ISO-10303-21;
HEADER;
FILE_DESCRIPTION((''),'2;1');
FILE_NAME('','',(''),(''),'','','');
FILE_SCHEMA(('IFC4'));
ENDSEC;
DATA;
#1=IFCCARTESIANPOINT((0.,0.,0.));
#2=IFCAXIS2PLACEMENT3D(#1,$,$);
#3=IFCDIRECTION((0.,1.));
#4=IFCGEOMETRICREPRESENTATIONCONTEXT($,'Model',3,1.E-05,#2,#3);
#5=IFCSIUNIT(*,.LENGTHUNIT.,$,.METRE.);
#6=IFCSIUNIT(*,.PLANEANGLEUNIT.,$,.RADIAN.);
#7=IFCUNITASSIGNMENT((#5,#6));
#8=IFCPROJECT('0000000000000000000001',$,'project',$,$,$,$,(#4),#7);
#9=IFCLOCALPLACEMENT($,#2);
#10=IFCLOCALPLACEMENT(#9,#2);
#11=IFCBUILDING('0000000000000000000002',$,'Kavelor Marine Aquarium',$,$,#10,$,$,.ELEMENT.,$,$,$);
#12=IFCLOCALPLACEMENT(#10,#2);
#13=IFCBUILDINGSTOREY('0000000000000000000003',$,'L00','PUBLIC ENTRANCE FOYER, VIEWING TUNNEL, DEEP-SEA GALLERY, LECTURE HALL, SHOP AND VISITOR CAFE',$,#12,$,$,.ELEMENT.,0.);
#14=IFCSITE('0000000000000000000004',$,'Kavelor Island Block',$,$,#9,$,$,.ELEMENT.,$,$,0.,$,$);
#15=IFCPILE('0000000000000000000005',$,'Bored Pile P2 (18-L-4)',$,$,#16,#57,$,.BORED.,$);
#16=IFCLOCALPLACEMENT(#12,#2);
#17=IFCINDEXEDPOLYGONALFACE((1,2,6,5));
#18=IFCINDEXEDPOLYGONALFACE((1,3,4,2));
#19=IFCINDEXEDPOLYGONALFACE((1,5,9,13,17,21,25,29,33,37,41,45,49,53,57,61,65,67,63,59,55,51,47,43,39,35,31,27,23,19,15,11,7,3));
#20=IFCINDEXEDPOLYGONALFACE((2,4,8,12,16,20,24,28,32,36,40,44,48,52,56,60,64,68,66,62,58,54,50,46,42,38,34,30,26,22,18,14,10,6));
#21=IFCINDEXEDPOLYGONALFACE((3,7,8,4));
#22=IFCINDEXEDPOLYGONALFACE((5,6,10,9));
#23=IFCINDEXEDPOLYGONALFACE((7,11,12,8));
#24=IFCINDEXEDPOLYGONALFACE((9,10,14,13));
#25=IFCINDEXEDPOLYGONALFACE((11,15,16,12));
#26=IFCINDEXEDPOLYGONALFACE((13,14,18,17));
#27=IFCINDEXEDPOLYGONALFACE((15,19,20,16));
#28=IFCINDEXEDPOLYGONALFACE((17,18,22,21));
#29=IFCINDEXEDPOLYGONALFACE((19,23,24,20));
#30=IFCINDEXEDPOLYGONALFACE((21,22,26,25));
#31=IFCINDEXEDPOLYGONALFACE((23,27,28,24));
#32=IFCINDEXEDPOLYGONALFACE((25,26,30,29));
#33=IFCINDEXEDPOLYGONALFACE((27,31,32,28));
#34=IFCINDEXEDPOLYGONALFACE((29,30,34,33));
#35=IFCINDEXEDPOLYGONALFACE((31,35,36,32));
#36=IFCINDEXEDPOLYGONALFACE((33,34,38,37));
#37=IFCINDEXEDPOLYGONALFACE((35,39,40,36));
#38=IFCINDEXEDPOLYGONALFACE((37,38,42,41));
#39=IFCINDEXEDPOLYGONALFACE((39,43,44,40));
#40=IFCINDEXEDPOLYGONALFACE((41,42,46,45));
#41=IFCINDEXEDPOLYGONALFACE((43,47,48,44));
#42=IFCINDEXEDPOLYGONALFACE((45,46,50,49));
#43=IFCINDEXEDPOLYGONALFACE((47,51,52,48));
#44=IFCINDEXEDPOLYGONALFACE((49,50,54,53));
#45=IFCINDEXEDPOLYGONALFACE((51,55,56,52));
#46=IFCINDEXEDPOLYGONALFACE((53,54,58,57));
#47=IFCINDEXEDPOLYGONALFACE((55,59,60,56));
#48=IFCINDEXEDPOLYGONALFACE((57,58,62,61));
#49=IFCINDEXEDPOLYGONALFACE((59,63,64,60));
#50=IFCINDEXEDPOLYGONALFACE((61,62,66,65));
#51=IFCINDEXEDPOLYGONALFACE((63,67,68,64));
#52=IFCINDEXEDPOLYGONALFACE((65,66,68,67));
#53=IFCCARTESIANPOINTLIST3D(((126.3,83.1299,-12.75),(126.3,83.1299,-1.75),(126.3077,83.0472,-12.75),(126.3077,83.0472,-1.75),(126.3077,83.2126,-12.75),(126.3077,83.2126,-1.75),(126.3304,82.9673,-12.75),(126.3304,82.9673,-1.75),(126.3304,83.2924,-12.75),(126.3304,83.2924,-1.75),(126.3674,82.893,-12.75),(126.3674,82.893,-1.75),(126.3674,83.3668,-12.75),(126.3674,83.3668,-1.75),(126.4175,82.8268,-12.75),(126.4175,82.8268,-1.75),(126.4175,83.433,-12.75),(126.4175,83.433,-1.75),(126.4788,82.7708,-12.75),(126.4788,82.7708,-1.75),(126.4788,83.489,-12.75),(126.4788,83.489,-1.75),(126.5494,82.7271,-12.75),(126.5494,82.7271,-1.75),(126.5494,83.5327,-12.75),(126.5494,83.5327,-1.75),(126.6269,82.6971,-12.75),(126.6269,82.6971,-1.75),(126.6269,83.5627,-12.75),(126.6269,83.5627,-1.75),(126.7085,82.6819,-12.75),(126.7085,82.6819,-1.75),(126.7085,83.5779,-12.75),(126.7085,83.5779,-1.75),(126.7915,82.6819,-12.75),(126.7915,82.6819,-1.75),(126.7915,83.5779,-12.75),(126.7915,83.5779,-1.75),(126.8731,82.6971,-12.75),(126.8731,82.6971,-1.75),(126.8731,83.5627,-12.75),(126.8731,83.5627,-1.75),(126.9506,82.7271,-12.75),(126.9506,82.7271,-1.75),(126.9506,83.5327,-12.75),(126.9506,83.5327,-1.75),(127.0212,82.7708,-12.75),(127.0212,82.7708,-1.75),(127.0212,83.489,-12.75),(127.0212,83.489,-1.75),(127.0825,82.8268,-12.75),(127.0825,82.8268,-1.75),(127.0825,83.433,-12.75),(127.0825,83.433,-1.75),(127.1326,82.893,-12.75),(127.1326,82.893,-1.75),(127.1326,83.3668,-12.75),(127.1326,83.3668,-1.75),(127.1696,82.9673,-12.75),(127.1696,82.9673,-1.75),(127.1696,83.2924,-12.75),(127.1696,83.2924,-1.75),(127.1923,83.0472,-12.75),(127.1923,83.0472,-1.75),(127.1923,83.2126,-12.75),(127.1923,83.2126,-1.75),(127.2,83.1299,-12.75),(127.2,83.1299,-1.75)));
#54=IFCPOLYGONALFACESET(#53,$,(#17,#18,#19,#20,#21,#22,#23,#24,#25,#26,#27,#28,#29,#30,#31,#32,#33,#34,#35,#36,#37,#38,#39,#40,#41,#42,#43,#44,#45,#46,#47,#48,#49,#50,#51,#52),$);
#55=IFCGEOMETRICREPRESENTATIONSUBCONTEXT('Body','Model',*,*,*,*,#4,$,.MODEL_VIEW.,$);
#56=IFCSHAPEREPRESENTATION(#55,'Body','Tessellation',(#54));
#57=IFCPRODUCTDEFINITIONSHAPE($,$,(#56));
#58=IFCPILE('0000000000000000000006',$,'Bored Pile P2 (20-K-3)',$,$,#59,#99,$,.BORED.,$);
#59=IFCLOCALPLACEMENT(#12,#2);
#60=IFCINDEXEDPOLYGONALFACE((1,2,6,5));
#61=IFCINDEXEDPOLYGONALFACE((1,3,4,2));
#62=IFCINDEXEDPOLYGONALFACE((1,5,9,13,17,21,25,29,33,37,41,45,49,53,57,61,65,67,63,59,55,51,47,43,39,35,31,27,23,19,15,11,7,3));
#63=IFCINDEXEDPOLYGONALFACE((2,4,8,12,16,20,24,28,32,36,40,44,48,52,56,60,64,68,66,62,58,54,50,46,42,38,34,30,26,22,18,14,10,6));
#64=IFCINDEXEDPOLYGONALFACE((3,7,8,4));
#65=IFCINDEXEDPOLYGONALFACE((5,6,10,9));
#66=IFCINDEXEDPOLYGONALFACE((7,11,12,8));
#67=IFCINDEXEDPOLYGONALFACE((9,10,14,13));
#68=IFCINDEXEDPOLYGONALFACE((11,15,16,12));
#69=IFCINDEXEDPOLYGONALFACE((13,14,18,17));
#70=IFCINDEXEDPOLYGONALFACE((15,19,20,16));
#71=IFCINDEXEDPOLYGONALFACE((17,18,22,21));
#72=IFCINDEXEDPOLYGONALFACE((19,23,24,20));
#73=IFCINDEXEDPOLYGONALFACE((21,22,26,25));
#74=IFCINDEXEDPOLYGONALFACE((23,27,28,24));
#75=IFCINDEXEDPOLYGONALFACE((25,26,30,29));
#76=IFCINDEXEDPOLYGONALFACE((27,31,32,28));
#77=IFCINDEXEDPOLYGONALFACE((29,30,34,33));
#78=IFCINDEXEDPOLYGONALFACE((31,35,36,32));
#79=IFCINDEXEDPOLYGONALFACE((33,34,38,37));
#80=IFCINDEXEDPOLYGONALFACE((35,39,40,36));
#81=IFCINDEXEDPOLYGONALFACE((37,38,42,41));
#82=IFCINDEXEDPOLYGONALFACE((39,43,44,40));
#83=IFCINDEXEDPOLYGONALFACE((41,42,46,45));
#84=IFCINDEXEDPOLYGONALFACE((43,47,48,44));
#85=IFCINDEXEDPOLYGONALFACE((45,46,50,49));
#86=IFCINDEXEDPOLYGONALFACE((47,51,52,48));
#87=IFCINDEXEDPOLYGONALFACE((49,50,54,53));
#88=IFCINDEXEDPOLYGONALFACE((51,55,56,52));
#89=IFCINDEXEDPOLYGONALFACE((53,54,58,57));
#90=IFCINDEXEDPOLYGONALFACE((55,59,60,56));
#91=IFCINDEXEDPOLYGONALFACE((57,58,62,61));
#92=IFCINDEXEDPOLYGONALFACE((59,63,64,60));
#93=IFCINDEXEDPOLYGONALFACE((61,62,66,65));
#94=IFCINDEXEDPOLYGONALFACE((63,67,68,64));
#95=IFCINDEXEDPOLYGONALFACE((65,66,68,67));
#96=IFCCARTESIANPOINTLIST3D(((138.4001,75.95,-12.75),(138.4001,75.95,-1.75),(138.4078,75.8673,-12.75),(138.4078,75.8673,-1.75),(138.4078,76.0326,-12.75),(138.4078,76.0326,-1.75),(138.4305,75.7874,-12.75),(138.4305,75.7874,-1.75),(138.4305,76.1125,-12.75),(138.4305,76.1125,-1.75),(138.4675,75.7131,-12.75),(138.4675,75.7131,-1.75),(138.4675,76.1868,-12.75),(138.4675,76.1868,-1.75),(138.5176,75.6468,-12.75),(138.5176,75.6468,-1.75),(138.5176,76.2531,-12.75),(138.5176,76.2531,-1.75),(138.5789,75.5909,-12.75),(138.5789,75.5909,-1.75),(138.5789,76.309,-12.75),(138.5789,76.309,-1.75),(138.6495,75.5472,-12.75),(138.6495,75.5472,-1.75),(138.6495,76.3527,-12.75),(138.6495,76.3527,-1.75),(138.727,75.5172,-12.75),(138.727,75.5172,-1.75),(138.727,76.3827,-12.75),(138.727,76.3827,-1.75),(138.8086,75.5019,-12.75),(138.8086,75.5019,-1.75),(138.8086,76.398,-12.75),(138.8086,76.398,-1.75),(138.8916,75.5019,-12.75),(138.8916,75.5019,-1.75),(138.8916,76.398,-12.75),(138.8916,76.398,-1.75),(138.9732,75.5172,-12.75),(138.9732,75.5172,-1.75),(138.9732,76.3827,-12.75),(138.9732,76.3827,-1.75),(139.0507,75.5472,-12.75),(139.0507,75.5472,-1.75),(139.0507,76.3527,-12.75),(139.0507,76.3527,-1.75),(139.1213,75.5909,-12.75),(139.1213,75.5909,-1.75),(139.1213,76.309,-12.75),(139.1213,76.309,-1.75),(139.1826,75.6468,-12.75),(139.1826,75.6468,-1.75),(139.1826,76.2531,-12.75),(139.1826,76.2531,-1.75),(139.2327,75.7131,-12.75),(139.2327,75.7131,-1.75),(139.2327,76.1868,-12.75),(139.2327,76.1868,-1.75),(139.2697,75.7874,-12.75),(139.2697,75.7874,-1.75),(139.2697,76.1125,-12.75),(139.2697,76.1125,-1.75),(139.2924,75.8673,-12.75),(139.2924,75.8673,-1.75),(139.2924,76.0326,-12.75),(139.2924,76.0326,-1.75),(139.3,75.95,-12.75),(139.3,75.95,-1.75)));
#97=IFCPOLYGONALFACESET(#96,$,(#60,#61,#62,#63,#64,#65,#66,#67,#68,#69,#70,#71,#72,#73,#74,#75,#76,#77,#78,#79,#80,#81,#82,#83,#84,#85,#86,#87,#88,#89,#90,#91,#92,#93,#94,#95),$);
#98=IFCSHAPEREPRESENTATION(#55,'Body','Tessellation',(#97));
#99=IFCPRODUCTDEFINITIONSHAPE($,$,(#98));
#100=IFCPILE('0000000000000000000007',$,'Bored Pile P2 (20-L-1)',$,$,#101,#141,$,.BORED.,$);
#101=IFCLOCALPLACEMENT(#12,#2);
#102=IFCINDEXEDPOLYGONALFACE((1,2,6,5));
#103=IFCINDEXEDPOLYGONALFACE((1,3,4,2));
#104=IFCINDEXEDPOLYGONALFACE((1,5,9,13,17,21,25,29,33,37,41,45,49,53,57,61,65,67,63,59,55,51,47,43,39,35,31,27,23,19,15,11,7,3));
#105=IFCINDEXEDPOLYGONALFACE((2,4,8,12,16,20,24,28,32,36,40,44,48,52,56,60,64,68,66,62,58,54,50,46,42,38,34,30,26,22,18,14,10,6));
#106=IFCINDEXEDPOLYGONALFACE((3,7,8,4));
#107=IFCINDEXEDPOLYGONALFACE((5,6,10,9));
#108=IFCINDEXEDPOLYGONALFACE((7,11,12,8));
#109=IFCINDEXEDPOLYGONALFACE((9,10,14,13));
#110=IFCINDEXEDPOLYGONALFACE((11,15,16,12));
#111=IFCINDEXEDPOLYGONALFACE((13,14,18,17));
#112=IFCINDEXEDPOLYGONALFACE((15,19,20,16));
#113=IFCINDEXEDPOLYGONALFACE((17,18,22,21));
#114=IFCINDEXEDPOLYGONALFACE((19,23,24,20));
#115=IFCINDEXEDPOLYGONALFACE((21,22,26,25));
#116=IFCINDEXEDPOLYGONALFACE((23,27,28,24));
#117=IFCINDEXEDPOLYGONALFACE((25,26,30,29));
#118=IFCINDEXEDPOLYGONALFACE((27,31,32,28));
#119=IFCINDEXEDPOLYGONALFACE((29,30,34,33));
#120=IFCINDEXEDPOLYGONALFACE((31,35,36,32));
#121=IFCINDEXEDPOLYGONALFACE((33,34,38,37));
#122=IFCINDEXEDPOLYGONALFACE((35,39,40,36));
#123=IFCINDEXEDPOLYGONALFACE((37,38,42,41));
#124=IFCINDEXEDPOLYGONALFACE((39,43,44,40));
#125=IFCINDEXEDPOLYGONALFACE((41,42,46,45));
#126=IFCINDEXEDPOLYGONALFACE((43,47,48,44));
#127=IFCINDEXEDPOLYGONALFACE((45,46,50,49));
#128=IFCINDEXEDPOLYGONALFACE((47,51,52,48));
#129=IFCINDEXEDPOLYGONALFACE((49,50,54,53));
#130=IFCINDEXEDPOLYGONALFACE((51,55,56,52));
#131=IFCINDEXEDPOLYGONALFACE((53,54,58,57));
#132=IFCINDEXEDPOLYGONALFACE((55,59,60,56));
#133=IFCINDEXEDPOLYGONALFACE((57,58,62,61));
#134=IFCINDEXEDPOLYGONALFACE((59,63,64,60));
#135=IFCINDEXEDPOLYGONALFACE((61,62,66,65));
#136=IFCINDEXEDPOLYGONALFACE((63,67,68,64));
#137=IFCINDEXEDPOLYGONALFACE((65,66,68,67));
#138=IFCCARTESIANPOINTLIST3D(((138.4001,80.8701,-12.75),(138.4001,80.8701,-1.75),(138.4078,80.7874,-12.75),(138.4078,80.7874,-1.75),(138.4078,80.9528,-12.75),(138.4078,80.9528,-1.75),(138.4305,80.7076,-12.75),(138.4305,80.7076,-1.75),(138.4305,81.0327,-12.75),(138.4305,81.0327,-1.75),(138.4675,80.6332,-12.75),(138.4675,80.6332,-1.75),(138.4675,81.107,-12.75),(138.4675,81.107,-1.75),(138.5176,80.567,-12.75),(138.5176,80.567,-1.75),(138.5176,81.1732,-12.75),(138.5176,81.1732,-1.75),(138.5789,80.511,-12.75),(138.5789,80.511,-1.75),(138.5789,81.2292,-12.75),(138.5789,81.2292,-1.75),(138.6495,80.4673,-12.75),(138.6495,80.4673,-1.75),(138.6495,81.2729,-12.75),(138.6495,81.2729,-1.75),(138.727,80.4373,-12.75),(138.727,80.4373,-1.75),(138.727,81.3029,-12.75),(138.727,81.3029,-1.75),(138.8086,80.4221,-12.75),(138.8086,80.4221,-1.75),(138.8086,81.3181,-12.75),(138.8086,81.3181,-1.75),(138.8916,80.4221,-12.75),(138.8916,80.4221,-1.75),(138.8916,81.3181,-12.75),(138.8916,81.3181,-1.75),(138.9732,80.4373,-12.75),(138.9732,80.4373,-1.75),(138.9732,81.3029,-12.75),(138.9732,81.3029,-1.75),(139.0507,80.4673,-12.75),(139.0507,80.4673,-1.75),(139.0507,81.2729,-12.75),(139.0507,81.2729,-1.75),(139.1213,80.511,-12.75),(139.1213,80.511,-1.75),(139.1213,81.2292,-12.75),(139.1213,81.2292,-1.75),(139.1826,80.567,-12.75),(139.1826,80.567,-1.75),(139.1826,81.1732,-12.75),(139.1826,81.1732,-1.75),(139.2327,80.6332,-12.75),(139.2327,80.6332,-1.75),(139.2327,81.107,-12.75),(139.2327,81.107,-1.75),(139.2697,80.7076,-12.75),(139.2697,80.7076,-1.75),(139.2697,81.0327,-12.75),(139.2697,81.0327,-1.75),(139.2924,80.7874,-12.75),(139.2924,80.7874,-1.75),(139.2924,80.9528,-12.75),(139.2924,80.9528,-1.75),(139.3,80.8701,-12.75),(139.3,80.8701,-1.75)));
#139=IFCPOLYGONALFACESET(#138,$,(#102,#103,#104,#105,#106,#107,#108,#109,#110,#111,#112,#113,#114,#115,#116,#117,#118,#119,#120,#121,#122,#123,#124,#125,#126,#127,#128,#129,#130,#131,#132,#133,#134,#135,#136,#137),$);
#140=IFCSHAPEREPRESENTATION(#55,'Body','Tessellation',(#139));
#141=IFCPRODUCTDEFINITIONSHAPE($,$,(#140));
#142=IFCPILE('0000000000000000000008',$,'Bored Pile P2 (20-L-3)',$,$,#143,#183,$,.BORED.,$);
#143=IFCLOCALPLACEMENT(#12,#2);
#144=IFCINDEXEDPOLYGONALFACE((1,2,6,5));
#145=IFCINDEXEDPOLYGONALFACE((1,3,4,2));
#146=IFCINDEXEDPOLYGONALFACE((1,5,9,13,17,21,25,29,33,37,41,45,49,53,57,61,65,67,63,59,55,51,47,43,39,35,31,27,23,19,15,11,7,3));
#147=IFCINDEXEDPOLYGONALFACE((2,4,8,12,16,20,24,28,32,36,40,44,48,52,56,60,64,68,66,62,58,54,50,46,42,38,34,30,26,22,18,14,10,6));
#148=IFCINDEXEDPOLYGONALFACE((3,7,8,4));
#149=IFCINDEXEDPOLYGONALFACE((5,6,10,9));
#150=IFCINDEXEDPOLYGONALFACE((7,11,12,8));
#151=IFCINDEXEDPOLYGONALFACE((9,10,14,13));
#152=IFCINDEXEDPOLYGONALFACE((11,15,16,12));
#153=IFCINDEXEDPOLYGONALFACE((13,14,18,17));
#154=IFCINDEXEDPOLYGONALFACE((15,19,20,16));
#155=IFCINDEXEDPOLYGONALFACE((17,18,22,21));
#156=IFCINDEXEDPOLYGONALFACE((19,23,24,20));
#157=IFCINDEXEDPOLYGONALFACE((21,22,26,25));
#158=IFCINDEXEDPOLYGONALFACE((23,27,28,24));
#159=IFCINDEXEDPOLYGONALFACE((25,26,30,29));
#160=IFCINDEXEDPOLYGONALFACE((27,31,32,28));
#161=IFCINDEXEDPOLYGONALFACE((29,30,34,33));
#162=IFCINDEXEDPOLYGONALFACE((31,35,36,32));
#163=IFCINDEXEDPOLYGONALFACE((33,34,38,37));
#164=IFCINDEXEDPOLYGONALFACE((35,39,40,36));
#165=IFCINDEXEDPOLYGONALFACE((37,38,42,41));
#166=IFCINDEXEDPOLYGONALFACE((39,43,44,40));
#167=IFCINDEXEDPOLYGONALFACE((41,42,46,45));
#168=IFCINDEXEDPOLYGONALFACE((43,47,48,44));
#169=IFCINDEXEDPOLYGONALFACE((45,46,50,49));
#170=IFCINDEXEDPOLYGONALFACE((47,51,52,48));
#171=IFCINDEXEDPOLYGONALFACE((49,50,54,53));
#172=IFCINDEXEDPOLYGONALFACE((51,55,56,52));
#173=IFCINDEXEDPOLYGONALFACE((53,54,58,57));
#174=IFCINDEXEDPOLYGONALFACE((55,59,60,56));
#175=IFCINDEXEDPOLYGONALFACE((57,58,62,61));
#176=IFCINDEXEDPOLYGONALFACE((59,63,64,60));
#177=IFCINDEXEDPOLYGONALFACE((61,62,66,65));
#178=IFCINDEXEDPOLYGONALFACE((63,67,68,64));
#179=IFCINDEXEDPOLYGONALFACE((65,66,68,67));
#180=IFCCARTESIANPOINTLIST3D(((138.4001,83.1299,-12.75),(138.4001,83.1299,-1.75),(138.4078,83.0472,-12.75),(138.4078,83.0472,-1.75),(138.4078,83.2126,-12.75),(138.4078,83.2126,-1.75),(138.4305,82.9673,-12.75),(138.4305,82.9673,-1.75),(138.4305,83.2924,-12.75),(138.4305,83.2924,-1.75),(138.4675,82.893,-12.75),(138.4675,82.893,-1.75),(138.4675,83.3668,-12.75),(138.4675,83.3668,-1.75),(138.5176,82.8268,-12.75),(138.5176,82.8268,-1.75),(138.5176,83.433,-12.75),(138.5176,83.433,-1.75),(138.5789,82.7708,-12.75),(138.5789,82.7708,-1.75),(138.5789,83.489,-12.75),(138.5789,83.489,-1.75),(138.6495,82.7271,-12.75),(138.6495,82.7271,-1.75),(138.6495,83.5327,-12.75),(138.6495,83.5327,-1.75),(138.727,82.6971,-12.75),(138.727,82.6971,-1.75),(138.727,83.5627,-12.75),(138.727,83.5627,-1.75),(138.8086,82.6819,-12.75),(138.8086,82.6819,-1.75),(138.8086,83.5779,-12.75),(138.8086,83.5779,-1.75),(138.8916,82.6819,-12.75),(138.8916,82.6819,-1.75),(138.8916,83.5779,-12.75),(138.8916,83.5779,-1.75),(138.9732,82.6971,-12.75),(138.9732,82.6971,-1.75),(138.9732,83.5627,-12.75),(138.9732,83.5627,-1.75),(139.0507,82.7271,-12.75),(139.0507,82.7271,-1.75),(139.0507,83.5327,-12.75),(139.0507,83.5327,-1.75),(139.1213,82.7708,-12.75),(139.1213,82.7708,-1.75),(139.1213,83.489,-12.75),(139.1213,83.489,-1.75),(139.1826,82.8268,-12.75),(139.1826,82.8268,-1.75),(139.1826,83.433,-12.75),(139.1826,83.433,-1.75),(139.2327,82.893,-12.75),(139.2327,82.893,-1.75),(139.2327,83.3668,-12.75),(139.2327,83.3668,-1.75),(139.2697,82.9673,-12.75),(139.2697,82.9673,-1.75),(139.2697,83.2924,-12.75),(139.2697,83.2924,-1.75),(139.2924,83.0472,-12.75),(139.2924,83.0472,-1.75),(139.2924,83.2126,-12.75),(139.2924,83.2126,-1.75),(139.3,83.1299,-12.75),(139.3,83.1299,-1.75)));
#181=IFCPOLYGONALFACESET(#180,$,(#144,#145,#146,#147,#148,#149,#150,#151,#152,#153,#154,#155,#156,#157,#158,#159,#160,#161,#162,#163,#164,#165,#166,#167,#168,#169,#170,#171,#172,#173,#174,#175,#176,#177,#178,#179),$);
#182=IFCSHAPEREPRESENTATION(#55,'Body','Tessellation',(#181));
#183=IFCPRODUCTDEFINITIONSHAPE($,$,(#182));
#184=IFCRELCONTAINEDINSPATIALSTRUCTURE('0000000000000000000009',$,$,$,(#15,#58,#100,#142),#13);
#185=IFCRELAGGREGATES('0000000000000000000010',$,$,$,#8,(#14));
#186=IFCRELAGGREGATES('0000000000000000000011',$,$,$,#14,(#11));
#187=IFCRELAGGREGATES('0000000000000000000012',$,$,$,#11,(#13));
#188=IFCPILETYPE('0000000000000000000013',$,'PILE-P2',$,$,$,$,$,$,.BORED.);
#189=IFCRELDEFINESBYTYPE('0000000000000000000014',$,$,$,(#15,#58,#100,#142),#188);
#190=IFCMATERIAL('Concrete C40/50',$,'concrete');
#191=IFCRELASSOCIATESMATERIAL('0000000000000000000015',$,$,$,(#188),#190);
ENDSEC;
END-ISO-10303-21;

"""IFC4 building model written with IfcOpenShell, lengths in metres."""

from ifc_helpers import new_model, si_unit, direction, frame, origin, origin_2d, place, context, subcontext, project, spatial, circle, extrude, material, material_profile, profile_set, type_object, element, save


model = new_model("IFC4")

# Units and contexts
model_context = context("Model", 3, precision=1e-05, world=origin(), true_north=direction((0.0, 1.0)))
body_context = subcontext(model_context, "Body", "Model", "MODEL_VIEW")
ifc_project = project(units=[si_unit("LENGTHUNIT", "METRE"), si_unit("PLANEANGLEUNIT", "RADIAN")], contexts=[model_context])

# Site, building, storey
site_placement = place(None, origin())
site = spatial("IfcSite", under=ifc_project, at=site_placement, Name="Kavelor Island Block", CompositionType="ELEMENT", RefElevation=0.0)
building_placement = place(site_placement, origin())
building = spatial("IfcBuilding", under=site, at=building_placement, Name="Kavelor Marine Aquarium", CompositionType="ELEMENT")
storey_placement = place(building_placement, origin())
storey = spatial("IfcBuildingStorey", under=building, at=storey_placement, Name="L00", Description="PUBLIC ENTRANCE FOYER, VIEWING TUNNEL, DEEP-SEA GALLERY, LECTURE HALL, SHOP AND VISITOR CAFE", CompositionType="ELEMENT", Elevation=0.0)

# Piles
ifc_material_1 = material(Name="Concrete C40/50", Category="concrete")
ifc_material_profile_1 = material_profile(ifc_material_1, circle(Radius=0.45, at=origin_2d()), Name="PILE D900")
ifc_profile_set_1 = profile_set([ifc_material_profile_1], Name="Concrete C40/50")
pile_type_1 = type_object("IfcPileType", Name="PILE-P2", PredefinedType="BORED", material=ifc_profile_set_1)
for number, where, z_axis, x_axis, name in (
    (1, (126.75, 83.1299, -1.75), (0.0, 0.0, -1.0), (1.0, 0.0, 0.0), "Bored Pile P2 (18-L-4)"),
    (2, (138.8501, 75.95, -1.75), (0.0, 0.0, -1.0), (1.0, 0.0, 0.0), "Bored Pile P2 (20-K-3)"),
    (3, (138.8501, 80.8701, -1.75), (0.0, 0.0, -1.0), (1.0, 0.0, 0.0), "Bored Pile P2 (20-L-1)"),
    (4, (138.8501, 83.1299, -1.75), (0.0, 0.0, -1.0), (1.0, 0.0, 0.0), "Bored Pile P2 (20-L-3)"),
):
    element("IfcPile", number, at=place(storey_placement, frame(where, z_axis=z_axis, x_axis=x_axis)), inside=storey, type_object=pile_type_1, Name=name, PredefinedType="BORED", context=body_context, shape_type="SweptSolid", body=[
        extrude(circle(Radius=0.45, at=origin_2d()), origin(), (0.0, 0.0, 1.0), 11.0),
    ])

save(model, "model.ifc")
